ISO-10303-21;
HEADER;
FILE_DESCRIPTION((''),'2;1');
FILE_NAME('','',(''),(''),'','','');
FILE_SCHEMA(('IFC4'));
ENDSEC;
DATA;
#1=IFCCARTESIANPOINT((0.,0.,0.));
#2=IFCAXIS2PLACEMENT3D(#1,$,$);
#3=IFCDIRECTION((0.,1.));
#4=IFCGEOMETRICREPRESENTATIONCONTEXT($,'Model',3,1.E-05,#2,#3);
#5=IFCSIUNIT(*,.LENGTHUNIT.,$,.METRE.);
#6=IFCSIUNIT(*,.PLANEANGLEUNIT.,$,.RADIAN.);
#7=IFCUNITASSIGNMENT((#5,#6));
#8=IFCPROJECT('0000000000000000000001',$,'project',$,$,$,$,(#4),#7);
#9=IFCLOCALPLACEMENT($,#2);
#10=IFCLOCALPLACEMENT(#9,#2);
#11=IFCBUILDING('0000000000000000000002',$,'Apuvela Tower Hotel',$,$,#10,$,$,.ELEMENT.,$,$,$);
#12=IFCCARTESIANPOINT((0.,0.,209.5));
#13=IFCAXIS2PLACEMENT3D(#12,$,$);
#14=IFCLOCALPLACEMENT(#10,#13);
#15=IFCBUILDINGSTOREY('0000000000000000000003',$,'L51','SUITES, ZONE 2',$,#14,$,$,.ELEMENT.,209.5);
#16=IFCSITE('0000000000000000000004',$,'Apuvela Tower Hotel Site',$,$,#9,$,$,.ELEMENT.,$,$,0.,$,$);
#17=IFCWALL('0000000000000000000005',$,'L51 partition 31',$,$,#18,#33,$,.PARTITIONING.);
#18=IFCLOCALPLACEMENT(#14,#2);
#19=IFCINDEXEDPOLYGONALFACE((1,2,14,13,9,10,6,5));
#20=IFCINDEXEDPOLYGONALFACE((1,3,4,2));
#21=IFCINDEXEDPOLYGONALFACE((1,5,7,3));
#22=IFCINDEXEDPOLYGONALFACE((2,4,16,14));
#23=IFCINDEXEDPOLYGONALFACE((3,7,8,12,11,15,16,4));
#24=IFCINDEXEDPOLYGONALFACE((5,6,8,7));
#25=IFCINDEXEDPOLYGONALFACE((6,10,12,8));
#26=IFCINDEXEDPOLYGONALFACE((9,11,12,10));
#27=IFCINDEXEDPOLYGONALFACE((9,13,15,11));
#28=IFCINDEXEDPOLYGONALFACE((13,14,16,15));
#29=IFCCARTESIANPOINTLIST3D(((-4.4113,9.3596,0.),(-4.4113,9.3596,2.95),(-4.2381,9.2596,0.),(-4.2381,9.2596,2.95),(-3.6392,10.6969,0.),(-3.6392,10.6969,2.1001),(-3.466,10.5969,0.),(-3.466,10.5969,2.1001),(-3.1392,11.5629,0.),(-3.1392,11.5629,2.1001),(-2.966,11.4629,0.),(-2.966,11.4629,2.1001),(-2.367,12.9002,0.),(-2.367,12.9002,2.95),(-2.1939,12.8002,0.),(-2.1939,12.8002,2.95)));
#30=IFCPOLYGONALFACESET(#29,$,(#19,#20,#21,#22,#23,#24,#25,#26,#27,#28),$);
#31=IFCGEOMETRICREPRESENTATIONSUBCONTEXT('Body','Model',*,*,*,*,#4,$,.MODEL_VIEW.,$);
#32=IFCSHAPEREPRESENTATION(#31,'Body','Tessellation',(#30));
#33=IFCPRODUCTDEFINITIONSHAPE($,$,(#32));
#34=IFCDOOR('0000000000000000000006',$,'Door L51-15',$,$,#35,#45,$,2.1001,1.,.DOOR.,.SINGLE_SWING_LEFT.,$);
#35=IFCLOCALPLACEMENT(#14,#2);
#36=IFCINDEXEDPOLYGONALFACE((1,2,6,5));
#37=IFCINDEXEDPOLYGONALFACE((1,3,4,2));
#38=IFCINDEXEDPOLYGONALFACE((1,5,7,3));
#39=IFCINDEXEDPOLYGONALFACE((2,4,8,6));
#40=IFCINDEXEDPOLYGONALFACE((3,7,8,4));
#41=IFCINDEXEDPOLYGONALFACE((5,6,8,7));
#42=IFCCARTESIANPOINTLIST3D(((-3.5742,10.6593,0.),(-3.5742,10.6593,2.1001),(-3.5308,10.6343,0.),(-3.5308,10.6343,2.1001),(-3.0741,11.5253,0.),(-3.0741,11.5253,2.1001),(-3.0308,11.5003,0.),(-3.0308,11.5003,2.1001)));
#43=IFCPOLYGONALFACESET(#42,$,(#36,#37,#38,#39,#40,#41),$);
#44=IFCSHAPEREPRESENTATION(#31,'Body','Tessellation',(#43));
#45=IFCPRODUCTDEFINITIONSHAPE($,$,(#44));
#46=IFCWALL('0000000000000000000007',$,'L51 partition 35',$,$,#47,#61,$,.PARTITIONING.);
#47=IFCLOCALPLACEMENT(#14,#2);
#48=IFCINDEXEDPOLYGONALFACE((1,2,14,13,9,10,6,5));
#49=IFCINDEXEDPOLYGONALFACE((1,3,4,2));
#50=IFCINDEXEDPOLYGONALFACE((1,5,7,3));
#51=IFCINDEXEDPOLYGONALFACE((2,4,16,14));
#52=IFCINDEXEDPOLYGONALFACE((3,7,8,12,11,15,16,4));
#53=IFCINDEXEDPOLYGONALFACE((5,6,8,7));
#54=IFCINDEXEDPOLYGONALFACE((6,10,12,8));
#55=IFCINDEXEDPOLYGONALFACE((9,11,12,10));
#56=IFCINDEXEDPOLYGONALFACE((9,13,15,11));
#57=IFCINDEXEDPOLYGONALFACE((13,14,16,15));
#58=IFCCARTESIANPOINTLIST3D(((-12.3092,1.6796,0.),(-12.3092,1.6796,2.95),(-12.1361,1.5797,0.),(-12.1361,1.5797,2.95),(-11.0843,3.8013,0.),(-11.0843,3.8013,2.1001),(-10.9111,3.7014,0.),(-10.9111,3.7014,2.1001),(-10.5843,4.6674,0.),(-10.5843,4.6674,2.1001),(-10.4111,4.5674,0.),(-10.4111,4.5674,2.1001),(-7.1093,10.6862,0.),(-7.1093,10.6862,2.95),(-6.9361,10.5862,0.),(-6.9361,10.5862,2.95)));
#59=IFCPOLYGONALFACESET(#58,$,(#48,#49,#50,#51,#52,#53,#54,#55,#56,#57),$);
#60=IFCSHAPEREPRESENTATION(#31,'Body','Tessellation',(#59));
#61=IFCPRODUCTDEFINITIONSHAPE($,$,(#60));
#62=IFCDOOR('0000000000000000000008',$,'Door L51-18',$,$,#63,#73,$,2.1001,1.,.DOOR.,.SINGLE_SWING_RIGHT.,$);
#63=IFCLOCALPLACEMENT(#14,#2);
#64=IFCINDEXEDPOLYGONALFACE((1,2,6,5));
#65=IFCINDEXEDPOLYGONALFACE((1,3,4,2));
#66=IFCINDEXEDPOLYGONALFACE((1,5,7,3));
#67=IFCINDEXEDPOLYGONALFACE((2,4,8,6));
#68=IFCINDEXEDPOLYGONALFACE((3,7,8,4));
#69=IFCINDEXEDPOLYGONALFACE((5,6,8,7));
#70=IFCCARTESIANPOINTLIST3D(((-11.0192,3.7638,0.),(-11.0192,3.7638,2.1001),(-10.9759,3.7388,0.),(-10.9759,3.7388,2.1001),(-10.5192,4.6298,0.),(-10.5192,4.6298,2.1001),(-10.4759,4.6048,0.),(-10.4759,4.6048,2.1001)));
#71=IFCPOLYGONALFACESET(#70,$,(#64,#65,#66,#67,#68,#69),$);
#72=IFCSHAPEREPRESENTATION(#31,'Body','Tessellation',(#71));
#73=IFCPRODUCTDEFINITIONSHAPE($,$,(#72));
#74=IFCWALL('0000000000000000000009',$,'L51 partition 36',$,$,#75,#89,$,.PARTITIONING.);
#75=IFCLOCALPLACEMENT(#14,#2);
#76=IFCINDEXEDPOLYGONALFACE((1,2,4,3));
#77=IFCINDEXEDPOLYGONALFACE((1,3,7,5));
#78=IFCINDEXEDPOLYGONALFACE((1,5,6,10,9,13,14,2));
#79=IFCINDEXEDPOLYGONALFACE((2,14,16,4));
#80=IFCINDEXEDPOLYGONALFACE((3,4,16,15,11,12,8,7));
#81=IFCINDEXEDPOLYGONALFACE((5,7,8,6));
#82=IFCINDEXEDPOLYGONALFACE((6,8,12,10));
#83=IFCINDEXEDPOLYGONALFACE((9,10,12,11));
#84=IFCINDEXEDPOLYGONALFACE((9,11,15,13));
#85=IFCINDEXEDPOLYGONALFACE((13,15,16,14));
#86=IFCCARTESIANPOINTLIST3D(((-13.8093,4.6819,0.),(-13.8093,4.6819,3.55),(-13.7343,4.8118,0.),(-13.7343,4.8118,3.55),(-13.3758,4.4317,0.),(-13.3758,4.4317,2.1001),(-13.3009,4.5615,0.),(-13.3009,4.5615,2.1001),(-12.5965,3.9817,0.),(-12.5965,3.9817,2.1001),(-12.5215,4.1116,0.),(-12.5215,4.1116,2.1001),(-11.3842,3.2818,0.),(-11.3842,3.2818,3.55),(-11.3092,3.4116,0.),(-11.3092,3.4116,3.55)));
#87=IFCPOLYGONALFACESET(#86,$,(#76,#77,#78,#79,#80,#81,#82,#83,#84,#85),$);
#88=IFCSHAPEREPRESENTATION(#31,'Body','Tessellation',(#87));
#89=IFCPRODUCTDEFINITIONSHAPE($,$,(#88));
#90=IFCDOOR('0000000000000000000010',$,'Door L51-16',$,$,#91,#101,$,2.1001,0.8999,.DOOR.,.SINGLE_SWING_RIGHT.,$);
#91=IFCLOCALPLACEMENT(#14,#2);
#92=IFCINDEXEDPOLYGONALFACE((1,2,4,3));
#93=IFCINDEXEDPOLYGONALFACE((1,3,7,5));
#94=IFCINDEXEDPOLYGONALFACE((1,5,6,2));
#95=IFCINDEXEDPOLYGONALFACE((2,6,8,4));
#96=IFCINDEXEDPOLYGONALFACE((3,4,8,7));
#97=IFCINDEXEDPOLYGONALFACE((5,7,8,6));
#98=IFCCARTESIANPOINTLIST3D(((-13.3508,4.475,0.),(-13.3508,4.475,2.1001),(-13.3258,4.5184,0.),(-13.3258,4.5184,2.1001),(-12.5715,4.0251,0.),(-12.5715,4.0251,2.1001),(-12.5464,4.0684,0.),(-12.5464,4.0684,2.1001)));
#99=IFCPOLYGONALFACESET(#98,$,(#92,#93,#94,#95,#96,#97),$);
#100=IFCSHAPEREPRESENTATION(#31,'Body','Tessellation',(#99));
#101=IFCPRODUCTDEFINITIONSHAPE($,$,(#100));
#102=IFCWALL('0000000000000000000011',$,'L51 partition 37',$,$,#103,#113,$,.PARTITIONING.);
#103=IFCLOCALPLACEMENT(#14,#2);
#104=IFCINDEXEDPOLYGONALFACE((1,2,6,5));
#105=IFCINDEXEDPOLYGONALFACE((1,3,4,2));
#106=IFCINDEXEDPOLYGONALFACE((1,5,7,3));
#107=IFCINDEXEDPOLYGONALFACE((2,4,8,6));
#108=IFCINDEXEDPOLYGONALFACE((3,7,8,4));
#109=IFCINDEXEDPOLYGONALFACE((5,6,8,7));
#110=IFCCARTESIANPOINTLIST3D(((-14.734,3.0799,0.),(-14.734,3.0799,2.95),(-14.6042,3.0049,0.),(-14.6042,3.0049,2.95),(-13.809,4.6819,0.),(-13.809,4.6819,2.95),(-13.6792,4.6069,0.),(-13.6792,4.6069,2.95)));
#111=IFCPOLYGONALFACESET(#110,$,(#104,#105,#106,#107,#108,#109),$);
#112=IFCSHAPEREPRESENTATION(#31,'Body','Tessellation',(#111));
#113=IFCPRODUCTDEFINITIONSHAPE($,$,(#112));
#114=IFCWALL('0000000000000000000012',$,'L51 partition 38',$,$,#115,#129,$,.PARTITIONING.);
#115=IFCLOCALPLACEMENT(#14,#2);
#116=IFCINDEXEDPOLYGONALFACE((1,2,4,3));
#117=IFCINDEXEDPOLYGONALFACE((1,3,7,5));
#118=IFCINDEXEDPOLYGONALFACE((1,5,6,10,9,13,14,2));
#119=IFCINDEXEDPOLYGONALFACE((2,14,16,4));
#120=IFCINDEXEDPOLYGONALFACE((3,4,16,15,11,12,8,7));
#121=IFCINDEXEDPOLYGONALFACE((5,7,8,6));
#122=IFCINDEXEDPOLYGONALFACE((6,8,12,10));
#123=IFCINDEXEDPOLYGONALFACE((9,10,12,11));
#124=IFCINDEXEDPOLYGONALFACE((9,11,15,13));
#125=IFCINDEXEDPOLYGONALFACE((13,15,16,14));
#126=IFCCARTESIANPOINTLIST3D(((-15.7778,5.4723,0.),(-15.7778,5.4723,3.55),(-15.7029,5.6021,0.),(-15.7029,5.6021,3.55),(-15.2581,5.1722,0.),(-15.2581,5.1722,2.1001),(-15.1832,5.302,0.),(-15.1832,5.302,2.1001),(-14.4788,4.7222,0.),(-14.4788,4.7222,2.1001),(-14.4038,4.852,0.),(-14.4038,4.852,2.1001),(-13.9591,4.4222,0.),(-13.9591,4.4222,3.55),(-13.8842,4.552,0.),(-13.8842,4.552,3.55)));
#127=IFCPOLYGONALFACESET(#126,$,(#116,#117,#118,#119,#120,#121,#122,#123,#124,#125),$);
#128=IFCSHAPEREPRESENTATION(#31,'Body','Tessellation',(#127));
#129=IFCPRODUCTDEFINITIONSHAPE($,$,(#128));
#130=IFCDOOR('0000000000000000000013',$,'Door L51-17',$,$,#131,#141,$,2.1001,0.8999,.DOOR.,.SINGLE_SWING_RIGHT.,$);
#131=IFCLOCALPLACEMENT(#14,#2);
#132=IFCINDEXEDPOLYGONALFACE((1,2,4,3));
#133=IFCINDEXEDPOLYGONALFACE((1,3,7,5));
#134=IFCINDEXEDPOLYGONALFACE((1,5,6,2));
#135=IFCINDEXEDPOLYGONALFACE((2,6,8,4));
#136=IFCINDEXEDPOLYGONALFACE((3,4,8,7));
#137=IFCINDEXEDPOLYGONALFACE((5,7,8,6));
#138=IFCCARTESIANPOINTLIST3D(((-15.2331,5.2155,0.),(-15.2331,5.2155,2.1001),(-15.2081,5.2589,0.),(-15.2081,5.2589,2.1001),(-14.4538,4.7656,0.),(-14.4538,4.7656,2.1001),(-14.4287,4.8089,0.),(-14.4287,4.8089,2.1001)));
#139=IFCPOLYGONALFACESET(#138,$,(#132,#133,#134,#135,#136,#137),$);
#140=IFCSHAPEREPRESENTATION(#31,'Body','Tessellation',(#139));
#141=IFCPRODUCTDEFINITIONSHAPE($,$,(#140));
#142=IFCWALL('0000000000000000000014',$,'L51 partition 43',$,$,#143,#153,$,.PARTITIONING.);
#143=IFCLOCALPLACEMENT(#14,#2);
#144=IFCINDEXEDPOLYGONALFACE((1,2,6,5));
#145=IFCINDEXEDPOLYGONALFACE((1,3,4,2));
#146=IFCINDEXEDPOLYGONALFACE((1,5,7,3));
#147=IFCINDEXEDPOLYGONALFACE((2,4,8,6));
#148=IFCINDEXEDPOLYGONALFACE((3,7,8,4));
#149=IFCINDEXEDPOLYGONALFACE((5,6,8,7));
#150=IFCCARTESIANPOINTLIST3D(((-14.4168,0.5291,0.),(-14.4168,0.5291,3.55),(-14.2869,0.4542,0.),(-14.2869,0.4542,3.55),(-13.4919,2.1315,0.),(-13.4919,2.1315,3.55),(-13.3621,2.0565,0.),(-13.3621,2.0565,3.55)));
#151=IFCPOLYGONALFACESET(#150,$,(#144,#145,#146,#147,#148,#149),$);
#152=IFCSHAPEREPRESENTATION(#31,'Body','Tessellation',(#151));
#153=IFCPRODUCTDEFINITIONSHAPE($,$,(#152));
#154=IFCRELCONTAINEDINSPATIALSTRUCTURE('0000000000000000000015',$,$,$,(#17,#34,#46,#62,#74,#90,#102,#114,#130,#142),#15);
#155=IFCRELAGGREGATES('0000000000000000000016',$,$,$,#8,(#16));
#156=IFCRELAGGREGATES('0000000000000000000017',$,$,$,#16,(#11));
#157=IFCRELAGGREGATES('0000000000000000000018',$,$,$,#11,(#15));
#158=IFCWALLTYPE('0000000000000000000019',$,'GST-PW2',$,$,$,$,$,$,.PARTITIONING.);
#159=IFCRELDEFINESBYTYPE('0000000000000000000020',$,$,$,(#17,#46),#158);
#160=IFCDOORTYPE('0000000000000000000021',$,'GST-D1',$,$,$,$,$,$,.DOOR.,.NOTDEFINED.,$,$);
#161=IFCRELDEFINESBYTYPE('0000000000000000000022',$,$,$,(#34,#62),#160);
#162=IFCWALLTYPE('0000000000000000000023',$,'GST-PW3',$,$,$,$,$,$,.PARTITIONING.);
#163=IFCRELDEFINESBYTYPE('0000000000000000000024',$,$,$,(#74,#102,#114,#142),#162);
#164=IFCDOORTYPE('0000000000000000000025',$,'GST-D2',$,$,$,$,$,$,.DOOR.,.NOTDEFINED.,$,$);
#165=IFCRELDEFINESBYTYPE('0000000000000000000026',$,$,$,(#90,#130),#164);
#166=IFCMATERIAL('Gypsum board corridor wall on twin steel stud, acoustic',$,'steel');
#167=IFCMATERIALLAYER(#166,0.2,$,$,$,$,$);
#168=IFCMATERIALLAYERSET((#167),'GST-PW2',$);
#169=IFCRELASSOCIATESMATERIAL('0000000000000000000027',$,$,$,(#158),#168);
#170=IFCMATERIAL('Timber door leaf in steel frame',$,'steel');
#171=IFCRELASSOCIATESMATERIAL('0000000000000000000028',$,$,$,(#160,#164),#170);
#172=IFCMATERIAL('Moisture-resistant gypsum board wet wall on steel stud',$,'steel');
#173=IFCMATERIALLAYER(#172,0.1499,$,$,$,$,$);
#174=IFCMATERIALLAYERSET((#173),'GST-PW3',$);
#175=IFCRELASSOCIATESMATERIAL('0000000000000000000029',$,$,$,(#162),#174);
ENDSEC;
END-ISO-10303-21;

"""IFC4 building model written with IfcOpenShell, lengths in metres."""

from ifc_helpers import new_model, si_unit, direction, frame, frame_2d, origin, place, context, subcontext, project, spatial, rectangle, extrude, material, layer, layer_set, type_object, element, fill, save


model = new_model("IFC4")

# Units and contexts
model_context = context("Model", 3, precision=1e-05, world=origin(), true_north=direction((0.0, 1.0)))
body_context = subcontext(model_context, "Body", "Model", "MODEL_VIEW")
ifc_project = project(units=[si_unit("LENGTHUNIT", "METRE"), si_unit("PLANEANGLEUNIT", "RADIAN")], contexts=[model_context])

# Site, building, storey
site_placement = place(None, origin())
site = spatial("IfcSite", under=ifc_project, at=site_placement, Name="Apuvela Tower Hotel Site", CompositionType="ELEMENT", RefElevation=0.0)
building_placement = place(site_placement, origin())
building = spatial("IfcBuilding", under=site, at=building_placement, Name="Apuvela Tower Hotel", CompositionType="ELEMENT")
storey_placement = place(building_placement, frame((0.0, 0.0, 209.5)))
storey = spatial("IfcBuildingStorey", under=building, at=storey_placement, Name="L51", Description="SUITES, ZONE 2", CompositionType="ELEMENT", Elevation=209.5)

# Walls, openings, doors
ifc_material_1 = material(Name="Gypsum board corridor wall on twin steel stud, acoustic", Category="steel")
ifc_layer_1 = layer(ifc_material_1, 0.2)
ifc_layer_set_1 = layer_set([ifc_layer_1], Name="GST-PW2")
wall_type_1 = type_object("IfcWallType", Name="GST-PW2", PredefinedType="PARTITIONING", material=ifc_layer_set_1)
wall_1_placement = place(storey_placement, frame((-4.3247, 9.3096, 0.0), z_axis=(0.0, 0.0, 1.0), x_axis=(0.500012, 0.866019, 0.0)))
wall_1 = element("IfcWall", 1, at=wall_1_placement, inside=storey, type_object=wall_type_1, Name="L51 partition 31", PredefinedType="PARTITIONING", context=body_context, shape_type="SweptSolid", body=[
    extrude(rectangle(XDim=4.0884, YDim=0.2, at=frame_2d((2.0442, 0.0))), origin(), (0.0, 0.0, 1.0), 2.95),
])
opening_1_placement = place(wall_1_placement, frame((1.5442, 0.0, 0.0)))
opening_1 = element("IfcOpeningElement", 2, at=opening_1_placement, cuts=wall_1, PredefinedType="OPENING", context=body_context, shape_type="SweptSolid", body=[
    extrude(rectangle(XDim=1.0, YDim=2.1001, at=frame_2d((0.5, 1.05))), frame((0.0, 0.1099, 0.0), z_axis=(0.0, -1.0, 0.0), x_axis=(1.0, 0.0, 0.0)), (0.0, 0.0, 1.0), 0.22),
])
ifc_material_2 = material(Name="Timber door leaf in steel frame", Category="steel")
door_type_1 = type_object("IfcDoorType", Name="GST-D1", OperationType="NOTDEFINED", PredefinedType="DOOR", material=ifc_material_2)
door_1_placement = place(opening_1_placement, origin())
door_1 = element("IfcDoor", 3, at=door_1_placement, inside=storey, type_object=door_type_1, Name="Door L51-15", OperationType="SINGLE_SWING_LEFT", OverallHeight=2.1001, OverallWidth=1.0, PredefinedType="DOOR", context=body_context, shape_type="SweptSolid", body=[
    extrude(rectangle(XDim=1.0, YDim=2.1001, at=frame_2d((0.5, 1.05))), frame((0.0, 0.0249, 0.0), z_axis=(0.0, -1.0, 0.0), x_axis=(1.0, 0.0, 0.0)), (0.0, 0.0, 1.0), 0.05),
])
fill(opening_1, door_1)
wall_2_placement = place(storey_placement, frame((-12.2227, 1.6296, 0.0), z_axis=(0.0, 0.0, 1.0), x_axis=(0.499999, 0.866026, 0.0)))
wall_2 = element("IfcWall", 4, at=wall_2_placement, inside=storey, type_object=wall_type_1, Name="L51 partition 35", PredefinedType="PARTITIONING", context=body_context, shape_type="SweptSolid", body=[
    extrude(rectangle(XDim=10.3999, YDim=0.2, at=frame_2d((5.2, 0.0))), origin(), (0.0, 0.0, 1.0), 2.95),
])
opening_2_placement = place(wall_2_placement, frame((2.45, 0.0, 0.0)))
opening_2 = element("IfcOpeningElement", 5, at=opening_2_placement, cuts=wall_2, PredefinedType="OPENING", context=body_context, shape_type="SweptSolid", body=[
    extrude(rectangle(XDim=1.0, YDim=2.1001, at=frame_2d((0.5, 1.05))), frame((0.0, 0.1099, 0.0), z_axis=(0.0, -1.0, 0.0), x_axis=(1.0, 0.0, 0.0)), (0.0, 0.0, 1.0), 0.22),
])
door_2_placement = place(opening_2_placement, origin())
door_2 = element("IfcDoor", 6, at=door_2_placement, inside=storey, type_object=door_type_1, Name="Door L51-18", OperationType="SINGLE_SWING_RIGHT", OverallHeight=2.1001, OverallWidth=1.0, PredefinedType="DOOR", context=body_context, shape_type="SweptSolid", body=[
    extrude(rectangle(XDim=1.0, YDim=2.1001, at=frame_2d((0.5, 1.05))), frame((0.0, 0.0249, 0.0), z_axis=(0.0, -1.0, 0.0), x_axis=(1.0, 0.0, 0.0)), (0.0, 0.0, 1.0), 0.05),
])
fill(opening_2, door_2)
ifc_material_3 = material(Name="Moisture-resistant gypsum board wet wall on steel stud", Category="steel")
ifc_layer_2 = layer(ifc_material_3, 0.1499)
ifc_layer_set_2 = layer_set([ifc_layer_2], Name="GST-PW3")
wall_type_2 = type_object("IfcWallType", Name="GST-PW3", PredefinedType="PARTITIONING", material=ifc_layer_set_2)
wall_3_placement = place(storey_placement, frame((-11.3467, 3.3467, 0.0), z_axis=(0.0, 0.0, 1.0), x_axis=(-0.866019, 0.500012, 0.0)))
wall_3 = element("IfcWall", 7, at=wall_3_placement, inside=storey, type_object=wall_type_2, Name="L51 partition 36", PredefinedType="PARTITIONING", context=body_context, shape_type="SweptSolid", body=[
    extrude(rectangle(XDim=2.8003, YDim=0.1499, at=frame_2d((1.4001, 0.0))), origin(), (0.0, 0.0, 1.0), 3.55),
])
opening_3_placement = place(wall_3_placement, frame((1.3999, 0.0, 0.0)))
opening_3 = element("IfcOpeningElement", 8, at=opening_3_placement, cuts=wall_3, PredefinedType="OPENING", context=body_context, shape_type="SweptSolid", body=[
    extrude(rectangle(XDim=0.8999, YDim=2.1001, at=frame_2d((0.45, 1.05))), frame((0.0, 0.085, 0.0), z_axis=(0.0, -1.0, 0.0), x_axis=(1.0, 0.0, 0.0)), (0.0, 0.0, 1.0), 0.1699),
])
door_type_2 = type_object("IfcDoorType", Name="GST-D2", OperationType="NOTDEFINED", PredefinedType="DOOR", material=ifc_material_2)
door_3_placement = place(opening_3_placement, origin())
door_3 = element("IfcDoor", 9, at=door_3_placement, inside=storey, type_object=door_type_2, Name="Door L51-16", OperationType="SINGLE_SWING_RIGHT", OverallHeight=2.1001, OverallWidth=0.8999, PredefinedType="DOOR", context=body_context, shape_type="SweptSolid", body=[
    extrude(rectangle(XDim=0.8999, YDim=2.1001, at=frame_2d((0.45, 1.05))), frame((0.0, 0.0249, 0.0), z_axis=(0.0, -1.0, 0.0), x_axis=(1.0, 0.0, 0.0)), (0.0, 0.0, 1.0), 0.05),
])
fill(opening_3, door_3)

# Wall
wall_4_placement = place(storey_placement, frame((-13.7441, 4.6443, 0.0), z_axis=(0.0, 0.0, 1.0), x_axis=(-0.500042, -0.866001, 0.0)))
element("IfcWall", 10, at=wall_4_placement, inside=storey, type_object=wall_type_2, Name="L51 partition 37", PredefinedType="PARTITIONING", context=body_context, shape_type="SweptSolid", body=[
    extrude(rectangle(XDim=1.8499, YDim=0.1499, at=frame_2d((0.9248, 0.0))), origin(), (0.0, 0.0, 1.0), 2.95),
])

# Wall, opening, door
wall_5_placement = place(storey_placement, frame((-13.9216, 4.4871, 0.0), z_axis=(0.0, 0.0, 1.0), x_axis=(-0.866009, 0.500028, 0.0)))
wall_5 = element("IfcWall", 11, at=wall_5_placement, inside=storey, type_object=wall_type_2, Name="L51 partition 38", PredefinedType="PARTITIONING", context=body_context, shape_type="SweptSolid", body=[
    extrude(rectangle(XDim=2.1001, YDim=0.1499, at=frame_2d((1.05, 0.0))), origin(), (0.0, 0.0, 1.0), 3.55),
])
opening_4_placement = place(wall_5_placement, frame((0.6001, 0.0, 0.0)))
opening_4 = element("IfcOpeningElement", 12, at=opening_4_placement, cuts=wall_5, PredefinedType="OPENING", context=body_context, shape_type="SweptSolid", body=[
    extrude(rectangle(XDim=0.8999, YDim=2.1001, at=frame_2d((0.45, 1.05))), frame((0.0, 0.085, 0.0), z_axis=(0.0, -1.0, 0.0), x_axis=(1.0, 0.0, 0.0)), (0.0, 0.0, 1.0), 0.1699),
])
door_4_placement = place(opening_4_placement, origin())
door_4 = element("IfcDoor", 13, at=door_4_placement, inside=storey, type_object=door_type_2, Name="Door L51-17", OperationType="SINGLE_SWING_RIGHT", OverallHeight=2.1001, OverallWidth=0.8999, PredefinedType="DOOR", context=body_context, shape_type="SweptSolid", body=[
    extrude(rectangle(XDim=0.8999, YDim=2.1001, at=frame_2d((0.45, 1.05))), frame((0.0, 0.0249, 0.0), z_axis=(0.0, -1.0, 0.0), x_axis=(1.0, 0.0, 0.0)), (0.0, 0.0, 1.0), 0.05),
])
fill(opening_4, door_4)

# Wall
wall_6_placement = place(storey_placement, frame((-13.427, 2.094, 0.0), z_axis=(0.0, 0.0, 1.0), x_axis=(-0.499886, -0.866091, 0.0)))
element("IfcWall", 14, at=wall_6_placement, inside=storey, type_object=wall_type_2, Name="L51 partition 43", PredefinedType="PARTITIONING", context=body_context, shape_type="SweptSolid", body=[
    extrude(rectangle(XDim=1.8501, YDim=0.1499, at=frame_2d((0.925, 0.0))), origin(), (0.0, 0.0, 1.0), 3.55),
])

save(model, "model.ifc")
